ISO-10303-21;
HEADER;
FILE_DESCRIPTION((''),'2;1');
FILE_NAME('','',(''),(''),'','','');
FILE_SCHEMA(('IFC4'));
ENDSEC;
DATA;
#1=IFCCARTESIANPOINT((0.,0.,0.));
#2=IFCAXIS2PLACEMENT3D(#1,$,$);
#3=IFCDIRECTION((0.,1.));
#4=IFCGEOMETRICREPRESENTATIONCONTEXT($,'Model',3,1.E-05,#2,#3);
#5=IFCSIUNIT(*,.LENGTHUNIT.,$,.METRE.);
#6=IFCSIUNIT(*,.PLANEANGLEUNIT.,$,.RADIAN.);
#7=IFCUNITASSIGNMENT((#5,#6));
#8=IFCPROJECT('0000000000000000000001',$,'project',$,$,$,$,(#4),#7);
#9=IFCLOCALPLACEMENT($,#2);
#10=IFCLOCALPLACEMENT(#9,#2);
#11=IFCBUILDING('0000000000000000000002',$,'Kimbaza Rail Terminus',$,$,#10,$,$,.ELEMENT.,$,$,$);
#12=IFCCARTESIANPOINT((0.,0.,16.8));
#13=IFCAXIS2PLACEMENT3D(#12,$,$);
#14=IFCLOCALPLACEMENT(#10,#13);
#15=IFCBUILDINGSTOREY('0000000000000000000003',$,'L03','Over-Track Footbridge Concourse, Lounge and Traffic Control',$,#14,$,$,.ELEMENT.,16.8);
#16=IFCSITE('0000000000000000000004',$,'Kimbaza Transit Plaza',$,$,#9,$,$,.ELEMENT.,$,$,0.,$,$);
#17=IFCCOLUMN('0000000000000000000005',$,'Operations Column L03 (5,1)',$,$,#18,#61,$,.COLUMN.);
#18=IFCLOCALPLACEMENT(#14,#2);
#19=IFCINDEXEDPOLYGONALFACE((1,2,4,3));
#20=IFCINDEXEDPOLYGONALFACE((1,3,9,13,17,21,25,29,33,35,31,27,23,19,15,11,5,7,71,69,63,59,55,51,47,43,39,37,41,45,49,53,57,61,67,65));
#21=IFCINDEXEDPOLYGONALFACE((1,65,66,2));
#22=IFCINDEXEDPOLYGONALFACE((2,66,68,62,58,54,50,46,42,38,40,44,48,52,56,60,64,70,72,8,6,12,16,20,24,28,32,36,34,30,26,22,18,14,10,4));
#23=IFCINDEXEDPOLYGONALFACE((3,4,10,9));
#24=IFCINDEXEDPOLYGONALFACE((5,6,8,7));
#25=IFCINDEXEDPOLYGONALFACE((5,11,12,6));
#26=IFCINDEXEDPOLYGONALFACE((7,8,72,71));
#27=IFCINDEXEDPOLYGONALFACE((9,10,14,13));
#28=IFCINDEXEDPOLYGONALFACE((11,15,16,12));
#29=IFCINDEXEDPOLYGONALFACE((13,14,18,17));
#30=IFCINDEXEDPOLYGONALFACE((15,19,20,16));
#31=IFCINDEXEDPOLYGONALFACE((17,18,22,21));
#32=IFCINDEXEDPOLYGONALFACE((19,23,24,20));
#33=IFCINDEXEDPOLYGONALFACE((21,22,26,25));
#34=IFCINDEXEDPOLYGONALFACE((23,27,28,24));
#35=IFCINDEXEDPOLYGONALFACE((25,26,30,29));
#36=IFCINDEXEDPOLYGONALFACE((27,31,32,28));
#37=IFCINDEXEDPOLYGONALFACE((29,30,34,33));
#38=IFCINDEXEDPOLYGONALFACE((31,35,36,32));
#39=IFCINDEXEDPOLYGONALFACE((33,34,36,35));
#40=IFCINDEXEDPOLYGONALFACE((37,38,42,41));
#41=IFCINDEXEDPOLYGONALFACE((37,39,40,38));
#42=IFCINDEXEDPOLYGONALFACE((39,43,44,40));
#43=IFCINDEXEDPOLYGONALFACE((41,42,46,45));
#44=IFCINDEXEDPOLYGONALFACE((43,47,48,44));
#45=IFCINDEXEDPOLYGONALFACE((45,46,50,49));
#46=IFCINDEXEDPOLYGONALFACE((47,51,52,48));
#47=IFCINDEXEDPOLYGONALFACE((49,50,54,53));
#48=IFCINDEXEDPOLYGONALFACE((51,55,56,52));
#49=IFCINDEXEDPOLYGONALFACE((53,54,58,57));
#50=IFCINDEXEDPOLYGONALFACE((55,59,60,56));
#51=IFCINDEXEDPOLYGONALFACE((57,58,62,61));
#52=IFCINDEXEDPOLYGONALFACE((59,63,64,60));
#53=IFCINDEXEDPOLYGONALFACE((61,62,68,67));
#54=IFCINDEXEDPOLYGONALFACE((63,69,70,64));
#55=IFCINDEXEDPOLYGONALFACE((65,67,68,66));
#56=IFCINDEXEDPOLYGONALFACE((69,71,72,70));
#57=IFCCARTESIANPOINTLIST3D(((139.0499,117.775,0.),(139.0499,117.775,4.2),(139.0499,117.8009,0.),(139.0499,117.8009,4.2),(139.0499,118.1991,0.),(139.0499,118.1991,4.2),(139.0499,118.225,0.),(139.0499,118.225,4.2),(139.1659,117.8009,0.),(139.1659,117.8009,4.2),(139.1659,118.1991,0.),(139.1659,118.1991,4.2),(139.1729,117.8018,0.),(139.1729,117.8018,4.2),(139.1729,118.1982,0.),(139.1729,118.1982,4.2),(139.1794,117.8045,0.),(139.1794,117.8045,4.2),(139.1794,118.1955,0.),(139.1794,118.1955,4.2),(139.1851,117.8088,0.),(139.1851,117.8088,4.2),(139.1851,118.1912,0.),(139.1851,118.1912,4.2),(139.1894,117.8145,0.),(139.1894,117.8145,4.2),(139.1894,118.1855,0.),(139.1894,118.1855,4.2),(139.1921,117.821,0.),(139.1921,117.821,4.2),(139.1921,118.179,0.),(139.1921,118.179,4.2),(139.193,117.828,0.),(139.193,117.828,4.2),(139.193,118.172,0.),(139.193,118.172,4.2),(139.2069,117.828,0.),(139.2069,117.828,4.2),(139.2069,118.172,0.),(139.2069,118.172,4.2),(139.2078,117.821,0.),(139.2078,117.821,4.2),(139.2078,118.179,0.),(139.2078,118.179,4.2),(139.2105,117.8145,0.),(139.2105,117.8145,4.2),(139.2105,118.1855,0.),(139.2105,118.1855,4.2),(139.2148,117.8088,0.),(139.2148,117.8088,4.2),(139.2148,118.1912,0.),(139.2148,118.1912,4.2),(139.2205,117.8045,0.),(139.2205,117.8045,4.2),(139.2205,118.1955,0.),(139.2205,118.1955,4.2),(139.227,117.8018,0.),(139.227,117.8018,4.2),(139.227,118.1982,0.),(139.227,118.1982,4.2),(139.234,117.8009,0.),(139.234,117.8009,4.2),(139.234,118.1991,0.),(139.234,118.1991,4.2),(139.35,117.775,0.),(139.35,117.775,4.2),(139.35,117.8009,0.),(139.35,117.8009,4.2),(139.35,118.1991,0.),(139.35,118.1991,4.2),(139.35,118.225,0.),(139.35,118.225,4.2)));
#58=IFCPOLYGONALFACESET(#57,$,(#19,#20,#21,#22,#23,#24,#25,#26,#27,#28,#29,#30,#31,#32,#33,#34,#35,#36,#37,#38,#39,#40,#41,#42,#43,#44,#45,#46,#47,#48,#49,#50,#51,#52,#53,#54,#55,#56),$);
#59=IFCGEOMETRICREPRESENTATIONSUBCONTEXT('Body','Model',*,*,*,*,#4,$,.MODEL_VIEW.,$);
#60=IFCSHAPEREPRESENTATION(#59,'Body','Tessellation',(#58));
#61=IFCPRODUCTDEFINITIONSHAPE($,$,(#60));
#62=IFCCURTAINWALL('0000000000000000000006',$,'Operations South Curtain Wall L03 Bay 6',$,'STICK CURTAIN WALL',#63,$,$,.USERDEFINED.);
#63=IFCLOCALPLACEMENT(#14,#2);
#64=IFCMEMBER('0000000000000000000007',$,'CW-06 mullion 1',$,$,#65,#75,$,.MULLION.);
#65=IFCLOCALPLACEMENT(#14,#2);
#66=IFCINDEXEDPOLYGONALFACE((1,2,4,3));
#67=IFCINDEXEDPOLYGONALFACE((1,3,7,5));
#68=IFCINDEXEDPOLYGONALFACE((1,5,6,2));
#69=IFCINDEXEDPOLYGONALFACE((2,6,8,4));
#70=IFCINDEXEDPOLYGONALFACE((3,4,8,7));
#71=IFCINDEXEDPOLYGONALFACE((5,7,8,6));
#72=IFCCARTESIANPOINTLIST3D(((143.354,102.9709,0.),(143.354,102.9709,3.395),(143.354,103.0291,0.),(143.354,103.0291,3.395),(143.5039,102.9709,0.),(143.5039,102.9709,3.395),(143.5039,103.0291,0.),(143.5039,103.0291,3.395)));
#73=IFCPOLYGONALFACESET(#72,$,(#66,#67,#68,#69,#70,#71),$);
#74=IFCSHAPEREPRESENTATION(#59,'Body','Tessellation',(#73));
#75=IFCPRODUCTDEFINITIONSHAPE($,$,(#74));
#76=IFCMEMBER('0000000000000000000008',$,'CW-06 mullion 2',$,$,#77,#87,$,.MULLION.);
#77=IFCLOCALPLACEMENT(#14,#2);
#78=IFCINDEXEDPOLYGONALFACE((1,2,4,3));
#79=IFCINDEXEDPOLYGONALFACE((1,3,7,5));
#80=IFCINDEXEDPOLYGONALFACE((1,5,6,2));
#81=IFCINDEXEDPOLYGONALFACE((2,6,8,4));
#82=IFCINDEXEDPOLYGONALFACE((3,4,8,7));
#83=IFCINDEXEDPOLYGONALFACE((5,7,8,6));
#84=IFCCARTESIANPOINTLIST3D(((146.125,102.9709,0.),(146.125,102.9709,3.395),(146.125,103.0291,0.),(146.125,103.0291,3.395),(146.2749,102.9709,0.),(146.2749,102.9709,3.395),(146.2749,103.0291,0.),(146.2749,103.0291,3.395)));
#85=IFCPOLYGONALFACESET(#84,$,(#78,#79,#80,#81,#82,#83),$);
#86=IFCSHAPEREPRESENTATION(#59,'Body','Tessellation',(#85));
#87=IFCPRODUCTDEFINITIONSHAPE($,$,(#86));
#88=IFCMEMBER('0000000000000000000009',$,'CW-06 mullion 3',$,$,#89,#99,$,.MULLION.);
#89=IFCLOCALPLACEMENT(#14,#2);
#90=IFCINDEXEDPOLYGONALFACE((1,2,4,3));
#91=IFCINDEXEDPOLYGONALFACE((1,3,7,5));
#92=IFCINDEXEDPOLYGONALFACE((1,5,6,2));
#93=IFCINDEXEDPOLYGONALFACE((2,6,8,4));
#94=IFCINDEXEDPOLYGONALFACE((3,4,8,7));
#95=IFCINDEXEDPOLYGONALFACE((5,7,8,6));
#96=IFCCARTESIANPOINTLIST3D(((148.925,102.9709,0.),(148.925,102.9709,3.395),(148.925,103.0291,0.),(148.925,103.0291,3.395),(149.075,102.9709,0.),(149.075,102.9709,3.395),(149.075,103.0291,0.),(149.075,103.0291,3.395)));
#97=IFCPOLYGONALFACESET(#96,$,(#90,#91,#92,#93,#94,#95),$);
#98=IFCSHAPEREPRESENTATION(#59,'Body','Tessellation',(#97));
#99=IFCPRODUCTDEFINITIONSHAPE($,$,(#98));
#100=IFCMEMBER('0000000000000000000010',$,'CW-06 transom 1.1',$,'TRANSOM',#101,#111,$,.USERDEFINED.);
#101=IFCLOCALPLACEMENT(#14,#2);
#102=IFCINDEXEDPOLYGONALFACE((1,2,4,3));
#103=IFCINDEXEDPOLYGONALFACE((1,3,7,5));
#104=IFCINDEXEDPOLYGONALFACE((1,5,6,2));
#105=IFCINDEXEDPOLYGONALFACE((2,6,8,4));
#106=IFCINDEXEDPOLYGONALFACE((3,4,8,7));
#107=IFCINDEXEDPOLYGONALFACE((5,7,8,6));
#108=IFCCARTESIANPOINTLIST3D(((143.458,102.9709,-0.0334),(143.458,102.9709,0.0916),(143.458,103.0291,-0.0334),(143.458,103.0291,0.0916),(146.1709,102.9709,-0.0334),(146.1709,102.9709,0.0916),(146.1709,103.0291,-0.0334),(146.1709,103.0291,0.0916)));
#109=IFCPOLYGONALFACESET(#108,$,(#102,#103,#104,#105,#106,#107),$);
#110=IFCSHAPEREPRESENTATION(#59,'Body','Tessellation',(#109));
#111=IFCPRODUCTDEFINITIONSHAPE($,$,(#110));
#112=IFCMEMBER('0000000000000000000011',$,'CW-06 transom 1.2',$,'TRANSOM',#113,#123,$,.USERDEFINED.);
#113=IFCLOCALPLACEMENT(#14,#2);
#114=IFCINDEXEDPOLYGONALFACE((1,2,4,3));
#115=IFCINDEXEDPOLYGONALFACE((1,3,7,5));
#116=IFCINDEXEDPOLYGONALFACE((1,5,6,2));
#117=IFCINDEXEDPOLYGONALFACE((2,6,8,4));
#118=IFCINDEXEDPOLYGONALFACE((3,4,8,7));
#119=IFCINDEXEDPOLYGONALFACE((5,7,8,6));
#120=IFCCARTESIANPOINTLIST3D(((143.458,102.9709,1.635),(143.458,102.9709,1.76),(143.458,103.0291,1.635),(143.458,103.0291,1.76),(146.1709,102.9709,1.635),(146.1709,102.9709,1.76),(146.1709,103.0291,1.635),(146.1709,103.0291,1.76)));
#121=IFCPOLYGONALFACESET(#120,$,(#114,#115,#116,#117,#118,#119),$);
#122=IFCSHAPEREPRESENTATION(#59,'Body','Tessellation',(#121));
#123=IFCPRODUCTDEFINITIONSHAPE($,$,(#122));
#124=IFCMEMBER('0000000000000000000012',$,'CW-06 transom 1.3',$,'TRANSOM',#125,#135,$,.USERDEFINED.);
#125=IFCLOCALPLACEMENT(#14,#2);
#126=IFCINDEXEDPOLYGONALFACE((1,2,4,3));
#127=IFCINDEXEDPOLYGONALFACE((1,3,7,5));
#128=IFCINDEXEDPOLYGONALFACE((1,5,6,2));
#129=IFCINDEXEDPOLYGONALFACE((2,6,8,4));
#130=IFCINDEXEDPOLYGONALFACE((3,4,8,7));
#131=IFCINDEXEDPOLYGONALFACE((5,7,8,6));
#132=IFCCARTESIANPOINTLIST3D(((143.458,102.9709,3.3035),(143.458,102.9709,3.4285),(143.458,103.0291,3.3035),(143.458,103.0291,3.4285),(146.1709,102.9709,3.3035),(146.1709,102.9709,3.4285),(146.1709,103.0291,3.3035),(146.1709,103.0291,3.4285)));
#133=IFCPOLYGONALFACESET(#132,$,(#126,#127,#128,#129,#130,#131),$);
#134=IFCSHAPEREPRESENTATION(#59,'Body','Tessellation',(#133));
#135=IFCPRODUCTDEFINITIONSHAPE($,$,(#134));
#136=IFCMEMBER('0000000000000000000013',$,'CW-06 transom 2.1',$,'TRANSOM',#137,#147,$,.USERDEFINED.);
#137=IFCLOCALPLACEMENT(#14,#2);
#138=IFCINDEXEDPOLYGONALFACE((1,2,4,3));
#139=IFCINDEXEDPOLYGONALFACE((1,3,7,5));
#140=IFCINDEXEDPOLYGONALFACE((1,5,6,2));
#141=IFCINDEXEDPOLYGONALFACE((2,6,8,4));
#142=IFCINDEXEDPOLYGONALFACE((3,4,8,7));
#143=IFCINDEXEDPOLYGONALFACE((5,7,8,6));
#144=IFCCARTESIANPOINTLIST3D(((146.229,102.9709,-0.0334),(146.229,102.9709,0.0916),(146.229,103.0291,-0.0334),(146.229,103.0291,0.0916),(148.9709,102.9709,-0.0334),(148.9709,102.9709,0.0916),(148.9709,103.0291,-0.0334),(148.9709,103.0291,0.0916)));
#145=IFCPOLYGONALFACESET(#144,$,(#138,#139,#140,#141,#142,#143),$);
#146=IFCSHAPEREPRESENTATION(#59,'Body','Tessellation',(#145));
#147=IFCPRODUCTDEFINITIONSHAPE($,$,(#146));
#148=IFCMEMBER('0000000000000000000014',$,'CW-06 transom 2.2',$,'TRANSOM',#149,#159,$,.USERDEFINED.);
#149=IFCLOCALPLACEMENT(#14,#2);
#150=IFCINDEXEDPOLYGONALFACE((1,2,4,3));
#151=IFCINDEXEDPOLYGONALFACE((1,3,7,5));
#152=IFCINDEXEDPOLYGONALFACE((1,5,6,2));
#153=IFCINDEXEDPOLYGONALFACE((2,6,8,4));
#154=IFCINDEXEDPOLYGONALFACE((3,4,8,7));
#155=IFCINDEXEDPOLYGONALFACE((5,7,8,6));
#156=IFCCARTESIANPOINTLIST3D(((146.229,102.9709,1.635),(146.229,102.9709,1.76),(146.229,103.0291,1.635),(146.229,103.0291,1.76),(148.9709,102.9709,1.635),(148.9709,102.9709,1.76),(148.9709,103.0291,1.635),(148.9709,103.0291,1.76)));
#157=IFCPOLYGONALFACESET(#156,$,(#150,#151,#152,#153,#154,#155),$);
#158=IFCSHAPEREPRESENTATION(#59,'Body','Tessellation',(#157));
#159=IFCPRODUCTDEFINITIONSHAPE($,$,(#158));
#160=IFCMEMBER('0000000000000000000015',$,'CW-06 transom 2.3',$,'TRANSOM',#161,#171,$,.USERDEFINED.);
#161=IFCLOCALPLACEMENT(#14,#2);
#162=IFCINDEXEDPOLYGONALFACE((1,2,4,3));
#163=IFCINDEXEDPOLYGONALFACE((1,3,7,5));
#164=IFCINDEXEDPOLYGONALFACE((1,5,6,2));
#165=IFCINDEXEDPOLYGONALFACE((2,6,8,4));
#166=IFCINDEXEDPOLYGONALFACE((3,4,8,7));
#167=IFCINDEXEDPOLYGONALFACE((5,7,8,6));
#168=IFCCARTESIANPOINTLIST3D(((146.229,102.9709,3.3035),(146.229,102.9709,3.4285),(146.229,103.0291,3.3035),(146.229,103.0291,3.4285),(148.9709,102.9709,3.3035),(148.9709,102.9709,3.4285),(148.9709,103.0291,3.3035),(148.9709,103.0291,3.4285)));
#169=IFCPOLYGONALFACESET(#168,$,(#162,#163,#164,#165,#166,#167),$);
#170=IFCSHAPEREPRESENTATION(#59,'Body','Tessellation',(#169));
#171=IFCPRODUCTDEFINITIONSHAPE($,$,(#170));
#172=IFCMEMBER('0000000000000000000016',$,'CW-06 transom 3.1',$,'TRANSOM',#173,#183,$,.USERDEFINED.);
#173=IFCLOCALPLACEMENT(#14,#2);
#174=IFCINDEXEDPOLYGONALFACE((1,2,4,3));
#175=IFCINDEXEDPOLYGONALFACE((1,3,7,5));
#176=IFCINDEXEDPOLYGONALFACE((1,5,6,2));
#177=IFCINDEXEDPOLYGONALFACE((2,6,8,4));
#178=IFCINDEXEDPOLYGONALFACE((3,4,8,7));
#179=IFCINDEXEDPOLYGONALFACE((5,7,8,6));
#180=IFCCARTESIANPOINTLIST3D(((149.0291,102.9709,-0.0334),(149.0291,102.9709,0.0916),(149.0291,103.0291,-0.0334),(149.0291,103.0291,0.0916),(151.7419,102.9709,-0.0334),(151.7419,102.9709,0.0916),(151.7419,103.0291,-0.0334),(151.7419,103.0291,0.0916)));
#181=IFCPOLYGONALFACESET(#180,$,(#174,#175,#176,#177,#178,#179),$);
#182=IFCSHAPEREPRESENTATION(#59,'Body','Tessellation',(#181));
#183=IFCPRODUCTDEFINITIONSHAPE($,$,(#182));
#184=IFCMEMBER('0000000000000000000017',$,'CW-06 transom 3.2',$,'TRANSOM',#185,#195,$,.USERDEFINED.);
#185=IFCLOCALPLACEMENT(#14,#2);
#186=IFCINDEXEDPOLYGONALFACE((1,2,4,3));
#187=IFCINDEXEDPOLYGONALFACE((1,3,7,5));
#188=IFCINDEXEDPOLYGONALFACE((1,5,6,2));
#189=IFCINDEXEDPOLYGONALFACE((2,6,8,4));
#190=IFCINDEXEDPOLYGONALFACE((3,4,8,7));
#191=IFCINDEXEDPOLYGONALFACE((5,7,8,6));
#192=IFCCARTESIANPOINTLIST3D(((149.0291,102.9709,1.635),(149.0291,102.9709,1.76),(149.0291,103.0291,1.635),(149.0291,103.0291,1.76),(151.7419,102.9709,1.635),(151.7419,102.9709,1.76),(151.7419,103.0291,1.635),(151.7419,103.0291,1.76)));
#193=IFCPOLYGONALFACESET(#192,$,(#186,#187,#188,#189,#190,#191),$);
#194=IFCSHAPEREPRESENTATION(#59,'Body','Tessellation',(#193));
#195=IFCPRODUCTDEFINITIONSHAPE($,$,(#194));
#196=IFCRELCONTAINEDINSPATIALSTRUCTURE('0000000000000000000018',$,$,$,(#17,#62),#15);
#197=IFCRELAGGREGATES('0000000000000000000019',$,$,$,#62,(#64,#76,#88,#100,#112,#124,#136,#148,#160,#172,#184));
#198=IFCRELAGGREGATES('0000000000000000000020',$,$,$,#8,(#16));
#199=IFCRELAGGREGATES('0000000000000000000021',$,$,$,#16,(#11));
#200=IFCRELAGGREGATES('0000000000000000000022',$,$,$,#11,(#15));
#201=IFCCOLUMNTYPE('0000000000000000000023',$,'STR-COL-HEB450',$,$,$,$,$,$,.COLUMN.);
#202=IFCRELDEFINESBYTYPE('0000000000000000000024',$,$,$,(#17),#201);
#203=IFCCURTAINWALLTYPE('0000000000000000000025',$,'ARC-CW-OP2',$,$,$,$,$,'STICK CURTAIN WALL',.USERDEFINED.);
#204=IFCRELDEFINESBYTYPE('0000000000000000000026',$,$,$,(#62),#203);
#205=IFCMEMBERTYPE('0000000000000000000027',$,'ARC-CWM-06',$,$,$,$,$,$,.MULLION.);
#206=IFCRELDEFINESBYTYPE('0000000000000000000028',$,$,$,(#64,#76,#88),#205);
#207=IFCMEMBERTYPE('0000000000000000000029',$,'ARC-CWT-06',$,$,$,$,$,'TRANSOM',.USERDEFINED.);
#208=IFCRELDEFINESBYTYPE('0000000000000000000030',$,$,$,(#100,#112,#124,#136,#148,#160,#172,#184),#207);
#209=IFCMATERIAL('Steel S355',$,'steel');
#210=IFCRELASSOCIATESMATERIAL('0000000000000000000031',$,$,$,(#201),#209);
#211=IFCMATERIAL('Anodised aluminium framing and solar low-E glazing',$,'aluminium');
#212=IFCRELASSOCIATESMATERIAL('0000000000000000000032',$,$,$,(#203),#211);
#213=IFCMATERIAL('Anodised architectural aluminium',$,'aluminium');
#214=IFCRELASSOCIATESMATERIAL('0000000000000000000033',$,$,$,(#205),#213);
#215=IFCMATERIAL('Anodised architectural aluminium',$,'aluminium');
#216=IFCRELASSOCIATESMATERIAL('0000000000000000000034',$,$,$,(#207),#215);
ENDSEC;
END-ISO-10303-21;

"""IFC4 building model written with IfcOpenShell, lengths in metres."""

from ifc_helpers import new_model, si_unit, direction, frame, origin, origin_2d, place, context, subcontext, project, spatial, rectangle, i_section, extrude, material, material_profile, profile_set, type_object, element, aggregate, save


model = new_model("IFC4")

# Units and contexts
model_context = context("Model", 3, precision=1e-05, world=origin(), true_north=direction((0.0, 1.0)))
body_context = subcontext(model_context, "Body", "Model", "MODEL_VIEW")
ifc_project = project(units=[si_unit("LENGTHUNIT", "METRE"), si_unit("PLANEANGLEUNIT", "RADIAN")], contexts=[model_context])

# Site, building, storey
site_placement = place(None, origin())
site = spatial("IfcSite", under=ifc_project, at=site_placement, Name="Kimbaza Transit Plaza", CompositionType="ELEMENT", RefElevation=0.0)
building_placement = place(site_placement, origin())
building = spatial("IfcBuilding", under=site, at=building_placement, Name="Kimbaza Rail Terminus", CompositionType="ELEMENT")
storey_placement = place(building_placement, frame((0.0, 0.0, 16.8)))
storey = spatial("IfcBuildingStorey", under=building, at=storey_placement, Name="L03", Description="Over-Track Footbridge Concourse, Lounge and Traffic Control", CompositionType="ELEMENT", Elevation=16.8)

# Column
ifc_material_1 = material(Name="Steel S355", Category="steel")
ifc_material_profile_1 = material_profile(ifc_material_1, i_section(OverallWidth=0.3, OverallDepth=0.45, WebThickness=0.0139, FlangeThickness=0.0259, FilletRadius=0.0271, at=origin_2d()), Name="HEB 450")
ifc_profile_set_1 = profile_set([ifc_material_profile_1], Name="Steel S355")
column_type = type_object("IfcColumnType", Name="STR-COL-HEB450", PredefinedType="COLUMN", material=ifc_profile_set_1)
column_placement = place(storey_placement, frame((139.2, 118.0, 0.0), z_axis=(0.0, 0.0, 1.0), x_axis=(1.0, 0.0, 0.0)))
element("IfcColumn", 1, at=column_placement, inside=storey, type_object=column_type, Name="Operations Column L03 (5,1)", PredefinedType="COLUMN", context=body_context, shape_type="SweptSolid", body=[
    extrude(i_section(OverallWidth=0.3, OverallDepth=0.45, WebThickness=0.0139, FlangeThickness=0.0259, FilletRadius=0.0271, at=origin_2d()), origin(), (0.0, 0.0, 1.0), 4.2),
])

# Curtain wall, members
ifc_material_2 = material(Name="Anodised aluminium framing and solar low-E glazing", Category="aluminium")
curtain_wall_type = type_object("IfcCurtainWallType", Name="ARC-CW-OP2", ElementType="STICK CURTAIN WALL", PredefinedType="USERDEFINED", material=ifc_material_2)
curtain_wall_placement = place(storey_placement, origin())
curtain_wall = element("IfcCurtainWall", 2, at=curtain_wall_placement, inside=storey, type_object=curtain_wall_type, Name="Operations South Curtain Wall L03 Bay 6", ObjectType="STICK CURTAIN WALL", PredefinedType="USERDEFINED")
ifc_material_3 = material(Name="Anodised architectural aluminium", Category="aluminium")
ifc_material_profile_2 = material_profile(ifc_material_3, rectangle(XDim=0.0581, YDim=0.1499, at=origin_2d()), Name="MULLION 58x150")
ifc_profile_set_2 = profile_set([ifc_material_profile_2], Name="Anodised architectural aluminium")
member_type_1 = type_object("IfcMemberType", Name="ARC-CWM-06", PredefinedType="MULLION", material=ifc_profile_set_2)
member_1_placement = place(storey_placement, frame((143.429, 103.0, 0.0), z_axis=(0.0, 0.0, 1.0), x_axis=(0.0, 1.0, 0.0)))
member_1 = element("IfcMember", 3, at=member_1_placement, type_object=member_type_1, Name="CW-06 mullion 1", PredefinedType="MULLION", context=body_context, shape_type="SweptSolid", body=[
    extrude(rectangle(XDim=0.0581, YDim=0.1499, at=origin_2d()), origin(), (0.0, 0.0, 1.0), 3.395),
])
member_2_placement = place(storey_placement, frame((146.2, 103.0, 0.0), z_axis=(0.0, 0.0, 1.0), x_axis=(0.0, 1.0, 0.0)))
member_2 = element("IfcMember", 4, at=member_2_placement, type_object=member_type_1, Name="CW-06 mullion 2", PredefinedType="MULLION", context=body_context, shape_type="SweptSolid", body=[
    extrude(rectangle(XDim=0.0581, YDim=0.1499, at=origin_2d()), origin(), (0.0, 0.0, 1.0), 3.395),
])
member_3_placement = place(storey_placement, frame((149.0, 103.0, 0.0), z_axis=(0.0, 0.0, 1.0), x_axis=(0.0, 1.0, 0.0)))
member_3 = element("IfcMember", 5, at=member_3_placement, type_object=member_type_1, Name="CW-06 mullion 3", PredefinedType="MULLION", context=body_context, shape_type="SweptSolid", body=[
    extrude(rectangle(XDim=0.0581, YDim=0.1499, at=origin_2d()), origin(), (0.0, 0.0, 1.0), 3.395),
])
ifc_material_4 = material(Name="Anodised architectural aluminium", Category="aluminium")
ifc_material_profile_3 = material_profile(ifc_material_4, rectangle(XDim=0.0581, YDim=0.125, at=origin_2d()), Name="TRANSOM 58x125")
ifc_profile_set_3 = profile_set([ifc_material_profile_3], Name="Anodised architectural aluminium")
member_type_2 = type_object("IfcMemberType", Name="ARC-CWT-06", ElementType="TRANSOM", PredefinedType="USERDEFINED", material=ifc_profile_set_3)
member_4_placement = place(storey_placement, frame((143.458, 103.0, 0.0291), z_axis=(1.0, 0.0, 0.0), x_axis=(0.0, 1.0, 0.0)))
member_4 = element("IfcMember", 6, at=member_4_placement, type_object=member_type_2, Name="CW-06 transom 1.1", ObjectType="TRANSOM", PredefinedType="USERDEFINED", context=body_context, shape_type="SweptSolid", body=[
    extrude(rectangle(XDim=0.0581, YDim=0.125, at=origin_2d()), origin(), (0.0, 0.0, 1.0), 2.7129),
])
member_5_placement = place(storey_placement, frame((143.458, 103.0, 1.6975), z_axis=(1.0, 0.0, 0.0), x_axis=(0.0, 1.0, 0.0)))
member_5 = element("IfcMember", 7, at=member_5_placement, type_object=member_type_2, Name="CW-06 transom 1.2", ObjectType="TRANSOM", PredefinedType="USERDEFINED", context=body_context, shape_type="SweptSolid", body=[
    extrude(rectangle(XDim=0.0581, YDim=0.125, at=origin_2d()), origin(), (0.0, 0.0, 1.0), 2.7129),
])
member_6_placement = place(storey_placement, frame((143.458, 103.0, 3.366), z_axis=(1.0, 0.0, 0.0), x_axis=(0.0, 1.0, 0.0)))
member_6 = element("IfcMember", 8, at=member_6_placement, type_object=member_type_2, Name="CW-06 transom 1.3", ObjectType="TRANSOM", PredefinedType="USERDEFINED", context=body_context, shape_type="SweptSolid", body=[
    extrude(rectangle(XDim=0.0581, YDim=0.125, at=origin_2d()), origin(), (0.0, 0.0, 1.0), 2.7129),
])
member_7_placement = place(storey_placement, frame((146.229, 103.0, 0.0291), z_axis=(1.0, 0.0, 0.0), x_axis=(0.0, 1.0, 0.0)))
member_7 = element("IfcMember", 9, at=member_7_placement, type_object=member_type_2, Name="CW-06 transom 2.1", ObjectType="TRANSOM", PredefinedType="USERDEFINED", context=body_context, shape_type="SweptSolid", body=[
    extrude(rectangle(XDim=0.0581, YDim=0.125, at=origin_2d()), origin(), (0.0, 0.0, 1.0), 2.7419),
])
member_8_placement = place(storey_placement, frame((146.229, 103.0, 1.6975), z_axis=(1.0, 0.0, 0.0), x_axis=(0.0, 1.0, 0.0)))
member_8 = element("IfcMember", 10, at=member_8_placement, type_object=member_type_2, Name="CW-06 transom 2.2", ObjectType="TRANSOM", PredefinedType="USERDEFINED", context=body_context, shape_type="SweptSolid", body=[
    extrude(rectangle(XDim=0.0581, YDim=0.125, at=origin_2d()), origin(), (0.0, 0.0, 1.0), 2.7419),
])
member_9_placement = place(storey_placement, frame((146.229, 103.0, 3.366), z_axis=(1.0, 0.0, 0.0), x_axis=(0.0, 1.0, 0.0)))
member_9 = element("IfcMember", 11, at=member_9_placement, type_object=member_type_2, Name="CW-06 transom 2.3", ObjectType="TRANSOM", PredefinedType="USERDEFINED", context=body_context, shape_type="SweptSolid", body=[
    extrude(rectangle(XDim=0.0581, YDim=0.125, at=origin_2d()), origin(), (0.0, 0.0, 1.0), 2.7419),
])
member_10_placement = place(storey_placement, frame((149.0291, 103.0, 0.0291), z_axis=(1.0, 0.0, 0.0), x_axis=(0.0, 1.0, 0.0)))
member_10 = element("IfcMember", 12, at=member_10_placement, type_object=member_type_2, Name="CW-06 transom 3.1", ObjectType="TRANSOM", PredefinedType="USERDEFINED", context=body_context, shape_type="SweptSolid", body=[
    extrude(rectangle(XDim=0.0581, YDim=0.125, at=origin_2d()), origin(), (0.0, 0.0, 1.0), 2.7129),
])
member_11_placement = place(storey_placement, frame((149.0291, 103.0, 1.6975), z_axis=(1.0, 0.0, 0.0), x_axis=(0.0, 1.0, 0.0)))
member_11 = element("IfcMember", 13, at=member_11_placement, type_object=member_type_2, Name="CW-06 transom 3.2", ObjectType="TRANSOM", PredefinedType="USERDEFINED", context=body_context, shape_type="SweptSolid", body=[
    extrude(rectangle(XDim=0.0581, YDim=0.125, at=origin_2d()), origin(), (0.0, 0.0, 1.0), 2.7129),
])

aggregate(curtain_wall, [member_1, member_2, member_3, member_4, member_5, member_6, member_7, member_8, member_9, member_10, member_11])

save(model, "model.ifc")
